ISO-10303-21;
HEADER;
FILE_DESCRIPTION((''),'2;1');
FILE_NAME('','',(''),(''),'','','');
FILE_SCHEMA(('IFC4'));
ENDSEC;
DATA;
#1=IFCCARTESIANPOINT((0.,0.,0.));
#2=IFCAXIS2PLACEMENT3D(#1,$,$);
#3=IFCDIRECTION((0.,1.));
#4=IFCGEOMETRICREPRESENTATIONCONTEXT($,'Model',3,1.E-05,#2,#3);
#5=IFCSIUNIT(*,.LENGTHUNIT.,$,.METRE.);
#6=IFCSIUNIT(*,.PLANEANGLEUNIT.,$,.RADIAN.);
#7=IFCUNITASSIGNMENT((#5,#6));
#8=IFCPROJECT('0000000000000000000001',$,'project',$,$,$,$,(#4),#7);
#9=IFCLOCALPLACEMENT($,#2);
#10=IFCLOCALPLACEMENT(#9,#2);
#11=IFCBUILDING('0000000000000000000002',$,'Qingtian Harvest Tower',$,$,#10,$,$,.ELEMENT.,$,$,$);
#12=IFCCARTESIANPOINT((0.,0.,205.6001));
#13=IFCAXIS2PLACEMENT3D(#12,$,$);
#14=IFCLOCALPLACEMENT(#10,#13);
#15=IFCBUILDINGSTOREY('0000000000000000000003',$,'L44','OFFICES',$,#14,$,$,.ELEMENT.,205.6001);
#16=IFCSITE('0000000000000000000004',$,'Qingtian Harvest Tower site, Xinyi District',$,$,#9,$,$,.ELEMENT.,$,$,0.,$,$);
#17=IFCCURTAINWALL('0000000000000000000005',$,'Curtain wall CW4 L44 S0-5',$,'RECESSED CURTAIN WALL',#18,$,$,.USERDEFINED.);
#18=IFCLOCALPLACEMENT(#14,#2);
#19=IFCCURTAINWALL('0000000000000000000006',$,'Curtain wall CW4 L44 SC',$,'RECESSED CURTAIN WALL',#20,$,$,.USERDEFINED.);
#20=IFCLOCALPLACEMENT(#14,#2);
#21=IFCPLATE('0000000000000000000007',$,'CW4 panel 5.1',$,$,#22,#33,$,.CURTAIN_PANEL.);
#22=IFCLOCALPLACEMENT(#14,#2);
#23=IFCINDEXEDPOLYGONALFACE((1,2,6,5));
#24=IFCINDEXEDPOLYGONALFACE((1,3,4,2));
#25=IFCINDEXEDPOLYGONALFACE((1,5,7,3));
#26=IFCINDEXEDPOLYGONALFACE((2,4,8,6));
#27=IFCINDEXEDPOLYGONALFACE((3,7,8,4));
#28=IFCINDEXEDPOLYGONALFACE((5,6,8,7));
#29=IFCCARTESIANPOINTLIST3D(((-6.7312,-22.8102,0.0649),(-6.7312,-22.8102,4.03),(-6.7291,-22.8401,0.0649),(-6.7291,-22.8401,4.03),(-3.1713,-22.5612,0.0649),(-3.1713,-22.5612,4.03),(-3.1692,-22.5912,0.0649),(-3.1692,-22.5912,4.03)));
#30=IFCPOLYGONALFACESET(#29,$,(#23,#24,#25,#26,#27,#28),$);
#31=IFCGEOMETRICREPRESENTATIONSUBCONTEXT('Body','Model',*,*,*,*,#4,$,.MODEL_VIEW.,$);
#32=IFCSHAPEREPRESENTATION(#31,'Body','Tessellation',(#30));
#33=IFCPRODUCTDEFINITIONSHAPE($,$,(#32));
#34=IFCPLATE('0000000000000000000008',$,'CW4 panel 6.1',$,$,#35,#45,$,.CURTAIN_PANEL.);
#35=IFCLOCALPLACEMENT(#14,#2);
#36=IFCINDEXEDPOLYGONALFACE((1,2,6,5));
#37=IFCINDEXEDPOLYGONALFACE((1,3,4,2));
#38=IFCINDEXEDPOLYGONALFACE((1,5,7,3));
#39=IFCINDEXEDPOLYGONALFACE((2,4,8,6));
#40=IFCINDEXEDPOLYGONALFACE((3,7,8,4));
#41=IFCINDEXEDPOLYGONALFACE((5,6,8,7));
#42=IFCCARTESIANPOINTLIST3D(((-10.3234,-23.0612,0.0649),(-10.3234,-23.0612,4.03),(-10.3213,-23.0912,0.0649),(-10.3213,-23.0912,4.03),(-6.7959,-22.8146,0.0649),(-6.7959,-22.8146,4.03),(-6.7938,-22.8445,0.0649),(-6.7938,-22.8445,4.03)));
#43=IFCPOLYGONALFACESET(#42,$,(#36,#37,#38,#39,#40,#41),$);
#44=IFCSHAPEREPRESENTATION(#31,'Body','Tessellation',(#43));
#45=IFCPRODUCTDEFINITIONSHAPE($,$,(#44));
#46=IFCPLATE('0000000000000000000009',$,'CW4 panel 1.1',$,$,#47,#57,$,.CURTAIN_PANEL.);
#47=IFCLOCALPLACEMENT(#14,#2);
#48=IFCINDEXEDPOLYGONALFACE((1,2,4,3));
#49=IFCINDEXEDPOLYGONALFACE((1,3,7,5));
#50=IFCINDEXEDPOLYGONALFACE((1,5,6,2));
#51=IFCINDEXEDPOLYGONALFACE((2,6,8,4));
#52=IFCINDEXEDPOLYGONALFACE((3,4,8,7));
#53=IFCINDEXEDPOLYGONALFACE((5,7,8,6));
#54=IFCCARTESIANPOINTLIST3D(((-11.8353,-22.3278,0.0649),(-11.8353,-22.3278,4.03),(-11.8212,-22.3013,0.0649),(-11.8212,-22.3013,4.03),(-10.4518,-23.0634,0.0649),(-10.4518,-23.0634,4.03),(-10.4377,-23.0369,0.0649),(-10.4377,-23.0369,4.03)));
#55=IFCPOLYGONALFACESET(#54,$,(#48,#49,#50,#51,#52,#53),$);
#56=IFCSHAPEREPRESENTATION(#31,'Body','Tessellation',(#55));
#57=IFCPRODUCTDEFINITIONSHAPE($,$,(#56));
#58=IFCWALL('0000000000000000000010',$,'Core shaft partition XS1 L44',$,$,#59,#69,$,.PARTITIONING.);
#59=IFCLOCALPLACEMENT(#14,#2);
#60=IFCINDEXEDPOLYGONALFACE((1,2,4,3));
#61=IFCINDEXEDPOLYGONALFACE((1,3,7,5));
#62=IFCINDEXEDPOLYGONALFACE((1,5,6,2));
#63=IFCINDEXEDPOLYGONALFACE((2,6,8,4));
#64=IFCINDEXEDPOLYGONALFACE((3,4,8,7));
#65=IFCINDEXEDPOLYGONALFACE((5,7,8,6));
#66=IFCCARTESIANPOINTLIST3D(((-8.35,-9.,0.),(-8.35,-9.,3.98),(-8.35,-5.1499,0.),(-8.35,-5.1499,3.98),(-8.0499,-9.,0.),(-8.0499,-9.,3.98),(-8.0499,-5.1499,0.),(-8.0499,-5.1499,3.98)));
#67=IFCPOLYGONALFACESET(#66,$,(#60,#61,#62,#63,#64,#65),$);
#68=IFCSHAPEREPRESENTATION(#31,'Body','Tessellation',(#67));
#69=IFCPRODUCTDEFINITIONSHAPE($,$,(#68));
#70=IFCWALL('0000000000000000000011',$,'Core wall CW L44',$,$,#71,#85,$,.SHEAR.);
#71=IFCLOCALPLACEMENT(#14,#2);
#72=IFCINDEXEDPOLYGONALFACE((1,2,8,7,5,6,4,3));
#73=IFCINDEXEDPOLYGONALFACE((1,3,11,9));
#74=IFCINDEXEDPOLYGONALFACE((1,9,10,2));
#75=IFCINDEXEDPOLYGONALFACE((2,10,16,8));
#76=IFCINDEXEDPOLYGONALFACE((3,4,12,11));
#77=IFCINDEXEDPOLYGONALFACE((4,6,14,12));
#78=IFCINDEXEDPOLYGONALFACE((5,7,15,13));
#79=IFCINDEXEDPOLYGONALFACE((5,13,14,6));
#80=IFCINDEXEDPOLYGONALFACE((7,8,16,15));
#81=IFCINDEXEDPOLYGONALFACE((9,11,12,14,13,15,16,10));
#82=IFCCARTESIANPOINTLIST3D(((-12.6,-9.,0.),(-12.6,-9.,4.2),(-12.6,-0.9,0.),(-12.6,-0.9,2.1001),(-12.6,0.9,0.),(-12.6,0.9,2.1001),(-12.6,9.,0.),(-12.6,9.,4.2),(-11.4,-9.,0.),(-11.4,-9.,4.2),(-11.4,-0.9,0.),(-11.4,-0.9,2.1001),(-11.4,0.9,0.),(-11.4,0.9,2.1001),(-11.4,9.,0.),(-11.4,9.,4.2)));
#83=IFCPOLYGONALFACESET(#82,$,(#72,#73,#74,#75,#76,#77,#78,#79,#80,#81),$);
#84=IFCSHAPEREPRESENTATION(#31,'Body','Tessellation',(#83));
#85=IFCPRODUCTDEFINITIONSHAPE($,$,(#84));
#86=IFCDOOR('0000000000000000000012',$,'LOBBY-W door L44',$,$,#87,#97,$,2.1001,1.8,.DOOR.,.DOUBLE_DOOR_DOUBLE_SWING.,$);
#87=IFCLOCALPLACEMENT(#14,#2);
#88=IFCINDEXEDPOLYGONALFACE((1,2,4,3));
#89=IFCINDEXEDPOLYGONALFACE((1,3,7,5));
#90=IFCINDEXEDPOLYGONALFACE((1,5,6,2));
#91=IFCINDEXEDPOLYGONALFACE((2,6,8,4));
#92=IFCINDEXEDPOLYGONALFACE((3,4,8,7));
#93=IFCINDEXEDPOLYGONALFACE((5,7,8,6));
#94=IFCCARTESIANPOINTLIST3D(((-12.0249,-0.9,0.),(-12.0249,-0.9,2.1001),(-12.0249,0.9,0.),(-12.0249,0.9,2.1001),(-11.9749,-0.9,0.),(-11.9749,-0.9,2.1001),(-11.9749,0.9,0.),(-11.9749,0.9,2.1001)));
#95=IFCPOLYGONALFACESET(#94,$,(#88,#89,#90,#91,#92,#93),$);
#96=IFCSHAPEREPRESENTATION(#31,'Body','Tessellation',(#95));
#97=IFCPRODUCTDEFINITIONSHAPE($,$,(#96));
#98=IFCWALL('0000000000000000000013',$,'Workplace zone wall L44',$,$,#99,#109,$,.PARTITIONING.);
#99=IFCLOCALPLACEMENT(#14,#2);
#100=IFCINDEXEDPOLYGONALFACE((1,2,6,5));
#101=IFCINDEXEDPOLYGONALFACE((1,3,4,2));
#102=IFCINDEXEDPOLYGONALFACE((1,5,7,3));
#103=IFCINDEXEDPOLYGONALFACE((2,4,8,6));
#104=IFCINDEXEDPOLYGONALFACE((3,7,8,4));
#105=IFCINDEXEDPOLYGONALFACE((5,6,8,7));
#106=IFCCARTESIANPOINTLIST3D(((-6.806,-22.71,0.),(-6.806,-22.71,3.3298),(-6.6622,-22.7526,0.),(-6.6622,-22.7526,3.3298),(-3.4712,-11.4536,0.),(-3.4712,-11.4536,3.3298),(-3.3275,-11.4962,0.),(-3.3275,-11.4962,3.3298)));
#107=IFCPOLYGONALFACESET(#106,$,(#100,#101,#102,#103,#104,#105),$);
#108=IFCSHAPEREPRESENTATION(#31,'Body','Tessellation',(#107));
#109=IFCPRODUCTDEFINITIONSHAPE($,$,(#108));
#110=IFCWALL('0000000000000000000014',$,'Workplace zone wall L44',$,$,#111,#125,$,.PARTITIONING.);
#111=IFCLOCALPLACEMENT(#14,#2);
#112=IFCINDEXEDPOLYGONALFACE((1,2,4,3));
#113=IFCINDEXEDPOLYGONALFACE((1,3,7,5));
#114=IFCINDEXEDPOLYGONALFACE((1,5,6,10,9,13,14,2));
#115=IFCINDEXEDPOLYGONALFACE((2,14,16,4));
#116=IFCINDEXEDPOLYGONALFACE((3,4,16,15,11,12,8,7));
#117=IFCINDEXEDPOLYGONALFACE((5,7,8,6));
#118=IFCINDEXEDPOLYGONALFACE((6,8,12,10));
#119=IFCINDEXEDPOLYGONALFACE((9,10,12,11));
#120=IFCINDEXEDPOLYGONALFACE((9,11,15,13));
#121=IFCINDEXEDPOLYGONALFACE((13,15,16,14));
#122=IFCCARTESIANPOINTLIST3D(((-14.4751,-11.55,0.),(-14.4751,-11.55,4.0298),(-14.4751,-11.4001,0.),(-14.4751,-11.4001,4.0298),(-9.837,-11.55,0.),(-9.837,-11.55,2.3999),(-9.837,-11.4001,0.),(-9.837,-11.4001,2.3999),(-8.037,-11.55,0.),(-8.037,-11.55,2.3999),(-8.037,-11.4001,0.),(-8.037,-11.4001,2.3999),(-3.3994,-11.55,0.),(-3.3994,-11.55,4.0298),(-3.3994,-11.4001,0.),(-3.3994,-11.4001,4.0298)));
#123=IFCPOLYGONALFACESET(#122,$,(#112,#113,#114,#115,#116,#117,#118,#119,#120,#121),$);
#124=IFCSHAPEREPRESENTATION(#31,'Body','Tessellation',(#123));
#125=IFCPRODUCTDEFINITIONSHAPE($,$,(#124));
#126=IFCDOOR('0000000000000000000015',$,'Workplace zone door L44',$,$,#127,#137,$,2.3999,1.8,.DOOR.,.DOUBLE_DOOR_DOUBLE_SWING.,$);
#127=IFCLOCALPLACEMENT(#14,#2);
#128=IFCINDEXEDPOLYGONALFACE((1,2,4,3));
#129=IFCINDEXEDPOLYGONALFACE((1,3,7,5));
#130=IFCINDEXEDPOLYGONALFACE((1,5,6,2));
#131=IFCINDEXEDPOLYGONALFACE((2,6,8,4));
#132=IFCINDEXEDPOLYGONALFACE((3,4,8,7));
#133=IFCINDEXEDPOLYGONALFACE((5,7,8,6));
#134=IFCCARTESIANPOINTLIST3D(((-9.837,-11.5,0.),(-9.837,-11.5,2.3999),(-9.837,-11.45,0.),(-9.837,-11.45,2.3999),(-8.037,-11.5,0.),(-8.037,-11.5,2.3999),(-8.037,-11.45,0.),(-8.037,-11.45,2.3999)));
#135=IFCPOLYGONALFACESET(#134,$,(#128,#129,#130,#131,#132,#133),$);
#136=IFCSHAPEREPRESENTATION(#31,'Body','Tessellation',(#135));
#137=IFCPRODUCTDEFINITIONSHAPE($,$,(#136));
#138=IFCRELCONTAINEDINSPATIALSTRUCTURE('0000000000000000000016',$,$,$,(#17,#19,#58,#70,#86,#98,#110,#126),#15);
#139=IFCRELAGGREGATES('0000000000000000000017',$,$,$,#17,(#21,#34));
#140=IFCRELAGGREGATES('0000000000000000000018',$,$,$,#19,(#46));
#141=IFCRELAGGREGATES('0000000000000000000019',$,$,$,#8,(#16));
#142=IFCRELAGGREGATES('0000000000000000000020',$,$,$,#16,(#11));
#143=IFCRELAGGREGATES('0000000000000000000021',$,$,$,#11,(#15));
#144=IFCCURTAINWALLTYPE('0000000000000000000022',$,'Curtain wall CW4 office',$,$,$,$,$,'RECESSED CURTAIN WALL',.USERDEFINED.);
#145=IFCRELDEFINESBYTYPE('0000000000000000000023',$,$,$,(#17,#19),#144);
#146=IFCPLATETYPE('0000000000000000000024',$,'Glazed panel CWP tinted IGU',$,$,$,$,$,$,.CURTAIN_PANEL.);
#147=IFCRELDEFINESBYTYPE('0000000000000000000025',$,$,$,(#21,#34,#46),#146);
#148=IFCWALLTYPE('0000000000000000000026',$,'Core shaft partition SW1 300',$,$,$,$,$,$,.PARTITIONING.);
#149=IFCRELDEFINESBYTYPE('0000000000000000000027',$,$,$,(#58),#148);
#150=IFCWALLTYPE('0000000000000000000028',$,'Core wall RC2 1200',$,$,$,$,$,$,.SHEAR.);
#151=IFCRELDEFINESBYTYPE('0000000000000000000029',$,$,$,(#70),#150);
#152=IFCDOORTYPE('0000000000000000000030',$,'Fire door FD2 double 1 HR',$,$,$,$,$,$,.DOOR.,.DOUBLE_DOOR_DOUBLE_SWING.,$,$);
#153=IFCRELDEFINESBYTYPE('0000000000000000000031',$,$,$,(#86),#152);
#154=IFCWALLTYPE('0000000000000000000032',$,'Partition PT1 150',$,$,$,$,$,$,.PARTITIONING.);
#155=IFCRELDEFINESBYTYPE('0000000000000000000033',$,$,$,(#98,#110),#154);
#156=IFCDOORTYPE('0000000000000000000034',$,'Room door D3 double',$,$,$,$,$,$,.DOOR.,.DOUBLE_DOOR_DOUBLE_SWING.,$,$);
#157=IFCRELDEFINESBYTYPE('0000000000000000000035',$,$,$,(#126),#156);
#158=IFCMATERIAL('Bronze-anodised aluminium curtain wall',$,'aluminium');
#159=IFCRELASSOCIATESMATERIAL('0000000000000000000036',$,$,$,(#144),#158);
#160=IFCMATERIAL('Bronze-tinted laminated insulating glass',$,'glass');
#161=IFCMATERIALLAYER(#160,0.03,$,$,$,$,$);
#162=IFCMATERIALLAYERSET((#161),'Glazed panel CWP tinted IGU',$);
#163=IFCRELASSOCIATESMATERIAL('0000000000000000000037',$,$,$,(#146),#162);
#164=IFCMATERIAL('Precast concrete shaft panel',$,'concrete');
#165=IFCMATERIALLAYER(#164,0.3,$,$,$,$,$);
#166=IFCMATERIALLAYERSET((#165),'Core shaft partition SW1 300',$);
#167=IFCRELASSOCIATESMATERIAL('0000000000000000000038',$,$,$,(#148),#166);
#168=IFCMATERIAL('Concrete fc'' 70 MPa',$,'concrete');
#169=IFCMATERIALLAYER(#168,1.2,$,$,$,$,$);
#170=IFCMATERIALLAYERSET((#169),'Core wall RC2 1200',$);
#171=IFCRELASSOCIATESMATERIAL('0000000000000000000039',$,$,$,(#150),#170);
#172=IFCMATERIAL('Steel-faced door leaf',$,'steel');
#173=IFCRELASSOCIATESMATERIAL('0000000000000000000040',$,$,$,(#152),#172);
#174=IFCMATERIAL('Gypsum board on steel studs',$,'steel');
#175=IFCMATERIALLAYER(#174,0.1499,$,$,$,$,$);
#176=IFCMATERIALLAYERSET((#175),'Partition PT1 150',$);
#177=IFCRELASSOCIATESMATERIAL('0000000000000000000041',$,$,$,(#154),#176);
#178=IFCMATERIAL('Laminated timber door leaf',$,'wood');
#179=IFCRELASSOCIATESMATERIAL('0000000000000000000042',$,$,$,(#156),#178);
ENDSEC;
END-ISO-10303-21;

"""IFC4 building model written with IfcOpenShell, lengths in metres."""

from ifc_helpers import new_model, si_unit, direction, frame, frame_2d, origin, origin_2d, place, context, subcontext, project, spatial, rectangle, extrude, material, layer, layer_set, type_object, element, fill, aggregate, save


model = new_model("IFC4")

# Units and contexts
model_context = context("Model", 3, precision=1e-05, world=origin(), true_north=direction((0.0, 1.0)))
body_context = subcontext(model_context, "Body", "Model", "MODEL_VIEW")
ifc_project = project(units=[si_unit("LENGTHUNIT", "METRE"), si_unit("PLANEANGLEUNIT", "RADIAN")], contexts=[model_context])

# Site, building, storey
site_placement = place(None, origin())
site = spatial("IfcSite", under=ifc_project, at=site_placement, Name="Qingtian Harvest Tower site, Xinyi District", CompositionType="ELEMENT", RefElevation=0.0)
building_placement = place(site_placement, origin())
building = spatial("IfcBuilding", under=site, at=building_placement, Name="Qingtian Harvest Tower", CompositionType="ELEMENT")
storey_placement = place(building_placement, frame((0.0, 0.0, 205.6001)))
storey = spatial("IfcBuildingStorey", under=building, at=storey_placement, Name="L44", Description="OFFICES", CompositionType="ELEMENT", Elevation=205.6001)

# Curtain walls
ifc_material_1 = material(Name="Bronze-anodised aluminium curtain wall", Category="aluminium")
curtain_wall_type = type_object("IfcCurtainWallType", Name="Curtain wall CW4 office", ElementType="RECESSED CURTAIN WALL", PredefinedType="USERDEFINED", material=ifc_material_1)
curtain_wall_1_placement = place(storey_placement, origin())
curtain_wall_1 = element("IfcCurtainWall", 1, at=curtain_wall_1_placement, inside=storey, type_object=curtain_wall_type, Name="Curtain wall CW4 L44 S0-5", ObjectType="RECESSED CURTAIN WALL", PredefinedType="USERDEFINED")
curtain_wall_2_placement = place(storey_placement, origin())
curtain_wall_2 = element("IfcCurtainWall", 2, at=curtain_wall_2_placement, inside=storey, type_object=curtain_wall_type, Name="Curtain wall CW4 L44 SC", ObjectType="RECESSED CURTAIN WALL", PredefinedType="USERDEFINED")

# Plates
ifc_material_2 = material(Name="Bronze-tinted laminated insulating glass", Category="glass")
ifc_layer_1 = layer(ifc_material_2, 0.03)
ifc_layer_set_1 = layer_set([ifc_layer_1], Name="Glazed panel CWP tinted IGU")
plate_type = type_object("IfcPlateType", Name="Glazed panel CWP tinted IGU", PredefinedType="CURTAIN_PANEL", material=ifc_layer_set_1)
plate_1_placement = place(storey_placement, frame((-4.9502, -22.7007, 0.0649), z_axis=(0.0, 0.0, 1.0), x_axis=(-0.997564, -0.069756, 0.0)))
plate_1 = element("IfcPlate", 3, at=plate_1_placement, type_object=plate_type, Name="CW4 panel 5.1", PredefinedType="CURTAIN_PANEL", context=body_context, shape_type="SweptSolid", body=[
    extrude(rectangle(XDim=3.5686, YDim=0.03, at=origin_2d()), origin(), (0.0, 0.0, 1.0), 3.9651),
])
plate_2_placement = place(storey_placement, frame((-8.5586, -22.9529, 0.0649), z_axis=(0.0, 0.0, 1.0), x_axis=(-0.997564, -0.069756, 0.0)))
plate_2 = element("IfcPlate", 4, at=plate_2_placement, type_object=plate_type, Name="CW4 panel 6.1", PredefinedType="CURTAIN_PANEL", context=body_context, shape_type="SweptSolid", body=[
    extrude(rectangle(XDim=3.5361, YDim=0.03, at=origin_2d()), origin(), (0.0, 0.0, 1.0), 3.9651),
])
aggregate(curtain_wall_1, [plate_1, plate_2])
plate_3_placement = place(storey_placement, frame((-11.1365, -22.6824, 0.0649), z_axis=(0.0, 0.0, 1.0), x_axis=(-0.882948, 0.469472, 0.0)))
plate_3 = element("IfcPlate", 5, at=plate_3_placement, type_object=plate_type, Name="CW4 panel 1.1", PredefinedType="CURTAIN_PANEL", context=body_context, shape_type="SweptSolid", body=[
    extrude(rectangle(XDim=1.5669, YDim=0.03, at=origin_2d()), origin(), (0.0, 0.0, 1.0), 3.9651),
])
aggregate(curtain_wall_2, [plate_3])

# Wall
ifc_material_3 = material(Name="Precast concrete shaft panel", Category="concrete")
ifc_layer_2 = layer(ifc_material_3, 0.3)
ifc_layer_set_2 = layer_set([ifc_layer_2], Name="Core shaft partition SW1 300")
wall_type_1 = type_object("IfcWallType", Name="Core shaft partition SW1 300", PredefinedType="PARTITIONING", material=ifc_layer_set_2)
wall_1_placement = place(storey_placement, frame((-8.2, -9.0, 0.0), z_axis=(0.0, 0.0, 1.0), x_axis=(0.0, 1.0, 0.0)))
element("IfcWall", 6, at=wall_1_placement, inside=storey, type_object=wall_type_1, Name="Core shaft partition XS1 L44", PredefinedType="PARTITIONING", context=body_context, shape_type="SweptSolid", body=[
    extrude(rectangle(XDim=3.8501, YDim=0.3, at=frame_2d((1.925, 0.0))), origin(), (0.0, 0.0, 1.0), 3.98),
])

# Wall, opening, door
ifc_material_4 = material(Name="Concrete fc' 70 MPa", Category="concrete")
ifc_layer_3 = layer(ifc_material_4, 1.2)
ifc_layer_set_3 = layer_set([ifc_layer_3], Name="Core wall RC2 1200")
wall_type_2 = type_object("IfcWallType", Name="Core wall RC2 1200", PredefinedType="SHEAR", material=ifc_layer_set_3)
wall_2_placement = place(storey_placement, frame((-12.0, -9.0, 0.0), z_axis=(0.0, 0.0, 1.0), x_axis=(0.0, 1.0, 0.0)))
wall_2 = element("IfcWall", 7, at=wall_2_placement, inside=storey, type_object=wall_type_2, Name="Core wall CW L44", PredefinedType="SHEAR", context=body_context, shape_type="SweptSolid", body=[
    extrude(rectangle(XDim=18.0, YDim=1.2, at=frame_2d((9.0, 0.0))), origin(), (0.0, 0.0, 1.0), 4.2),
])
opening_1_placement = place(wall_2_placement, frame((8.1001, 0.0, 0.0)))
opening_1 = element("IfcOpeningElement", 8, at=opening_1_placement, cuts=wall_2, PredefinedType="OPENING", context=body_context, shape_type="SweptSolid", body=[
    extrude(rectangle(XDim=1.8, YDim=2.1001, at=frame_2d((0.8999, 1.05))), frame((0.0, 0.6099, 0.0), z_axis=(0.0, -1.0, 0.0), x_axis=(1.0, 0.0, 0.0)), (0.0, 0.0, 1.0), 1.22),
])
ifc_material_5 = material(Name="Steel-faced door leaf", Category="steel")
door_type_1 = type_object("IfcDoorType", Name="Fire door FD2 double 1 HR", OperationType="DOUBLE_DOOR_DOUBLE_SWING", PredefinedType="DOOR", material=ifc_material_5)
door_1_placement = place(opening_1_placement, origin())
door_1 = element("IfcDoor", 9, at=door_1_placement, inside=storey, type_object=door_type_1, Name="LOBBY-W door L44", OperationType="DOUBLE_DOOR_DOUBLE_SWING", OverallHeight=2.1001, OverallWidth=1.8, PredefinedType="DOOR", context=body_context, shape_type="SweptSolid", body=[
    extrude(rectangle(XDim=1.8, YDim=2.1001, at=frame_2d((0.8999, 1.05))), frame((0.0, 0.0249, 0.0), z_axis=(0.0, -1.0, 0.0), x_axis=(1.0, 0.0, 0.0)), (0.0, 0.0, 1.0), 0.05),
])
fill(opening_1, door_1)

# Wall
ifc_material_6 = material(Name="Gypsum board on steel studs", Category="steel")
ifc_layer_4 = layer(ifc_material_6, 0.1499)
ifc_layer_set_4 = layer_set([ifc_layer_4], Name="Partition PT1 150")
wall_type_3 = type_object("IfcWallType", Name="Partition PT1 150", PredefinedType="PARTITIONING", material=ifc_layer_set_4)
wall_3_placement = place(storey_placement, frame((-6.7341, -22.7314, 0.0), z_axis=(0.0, 0.0, 1.0), x_axis=(0.284049, 0.95881, 0.0)))
element("IfcWall", 10, at=wall_3_placement, inside=storey, type_object=wall_type_3, Name="Workplace zone wall L44", PredefinedType="PARTITIONING", context=body_context, shape_type="SweptSolid", body=[
    extrude(rectangle(XDim=11.74, YDim=0.1499, at=frame_2d((5.8701, 0.0))), origin(), (0.0, 0.0, 1.0), 3.3298),
])

# Wall, opening, door
wall_4_placement = place(storey_placement, frame((-3.3994, -11.4751, 0.0), z_axis=(0.0, 0.0, 1.0), x_axis=(-1.0, 0.0, 0.0)))
wall_4 = element("IfcWall", 11, at=wall_4_placement, inside=storey, type_object=wall_type_3, Name="Workplace zone wall L44", PredefinedType="PARTITIONING", context=body_context, shape_type="SweptSolid", body=[
    extrude(rectangle(XDim=11.0757, YDim=0.1499, at=frame_2d((5.5378, 0.0))), origin(), (0.0, 0.0, 1.0), 4.0298),
])
opening_2_placement = place(wall_4_placement, frame((4.6377, 0.0, 0.0)))
opening_2 = element("IfcOpeningElement", 12, at=opening_2_placement, cuts=wall_4, PredefinedType="OPENING", context=body_context, shape_type="SweptSolid", body=[
    extrude(rectangle(XDim=1.8, YDim=2.3999, at=frame_2d((0.8999, 1.2))), frame((0.0, 0.085, 0.0), z_axis=(0.0, -1.0, 0.0), x_axis=(1.0, 0.0, 0.0)), (0.0, 0.0, 1.0), 0.1699),
])
ifc_material_7 = material(Name="Laminated timber door leaf", Category="wood")
door_type_2 = type_object("IfcDoorType", Name="Room door D3 double", OperationType="DOUBLE_DOOR_DOUBLE_SWING", PredefinedType="DOOR", material=ifc_material_7)
door_2_placement = place(opening_2_placement, origin())
door_2 = element("IfcDoor", 13, at=door_2_placement, inside=storey, type_object=door_type_2, Name="Workplace zone door L44", OperationType="DOUBLE_DOOR_DOUBLE_SWING", OverallHeight=2.3999, OverallWidth=1.8, PredefinedType="DOOR", context=body_context, shape_type="SweptSolid", body=[
    extrude(rectangle(XDim=1.8, YDim=2.3999, at=frame_2d((0.8999, 1.2))), frame((0.0, 0.0249, 0.0), z_axis=(0.0, -1.0, 0.0), x_axis=(1.0, 0.0, 0.0)), (0.0, 0.0, 1.0), 0.05),
])
fill(opening_2, door_2)

save(model, "model.ifc")
